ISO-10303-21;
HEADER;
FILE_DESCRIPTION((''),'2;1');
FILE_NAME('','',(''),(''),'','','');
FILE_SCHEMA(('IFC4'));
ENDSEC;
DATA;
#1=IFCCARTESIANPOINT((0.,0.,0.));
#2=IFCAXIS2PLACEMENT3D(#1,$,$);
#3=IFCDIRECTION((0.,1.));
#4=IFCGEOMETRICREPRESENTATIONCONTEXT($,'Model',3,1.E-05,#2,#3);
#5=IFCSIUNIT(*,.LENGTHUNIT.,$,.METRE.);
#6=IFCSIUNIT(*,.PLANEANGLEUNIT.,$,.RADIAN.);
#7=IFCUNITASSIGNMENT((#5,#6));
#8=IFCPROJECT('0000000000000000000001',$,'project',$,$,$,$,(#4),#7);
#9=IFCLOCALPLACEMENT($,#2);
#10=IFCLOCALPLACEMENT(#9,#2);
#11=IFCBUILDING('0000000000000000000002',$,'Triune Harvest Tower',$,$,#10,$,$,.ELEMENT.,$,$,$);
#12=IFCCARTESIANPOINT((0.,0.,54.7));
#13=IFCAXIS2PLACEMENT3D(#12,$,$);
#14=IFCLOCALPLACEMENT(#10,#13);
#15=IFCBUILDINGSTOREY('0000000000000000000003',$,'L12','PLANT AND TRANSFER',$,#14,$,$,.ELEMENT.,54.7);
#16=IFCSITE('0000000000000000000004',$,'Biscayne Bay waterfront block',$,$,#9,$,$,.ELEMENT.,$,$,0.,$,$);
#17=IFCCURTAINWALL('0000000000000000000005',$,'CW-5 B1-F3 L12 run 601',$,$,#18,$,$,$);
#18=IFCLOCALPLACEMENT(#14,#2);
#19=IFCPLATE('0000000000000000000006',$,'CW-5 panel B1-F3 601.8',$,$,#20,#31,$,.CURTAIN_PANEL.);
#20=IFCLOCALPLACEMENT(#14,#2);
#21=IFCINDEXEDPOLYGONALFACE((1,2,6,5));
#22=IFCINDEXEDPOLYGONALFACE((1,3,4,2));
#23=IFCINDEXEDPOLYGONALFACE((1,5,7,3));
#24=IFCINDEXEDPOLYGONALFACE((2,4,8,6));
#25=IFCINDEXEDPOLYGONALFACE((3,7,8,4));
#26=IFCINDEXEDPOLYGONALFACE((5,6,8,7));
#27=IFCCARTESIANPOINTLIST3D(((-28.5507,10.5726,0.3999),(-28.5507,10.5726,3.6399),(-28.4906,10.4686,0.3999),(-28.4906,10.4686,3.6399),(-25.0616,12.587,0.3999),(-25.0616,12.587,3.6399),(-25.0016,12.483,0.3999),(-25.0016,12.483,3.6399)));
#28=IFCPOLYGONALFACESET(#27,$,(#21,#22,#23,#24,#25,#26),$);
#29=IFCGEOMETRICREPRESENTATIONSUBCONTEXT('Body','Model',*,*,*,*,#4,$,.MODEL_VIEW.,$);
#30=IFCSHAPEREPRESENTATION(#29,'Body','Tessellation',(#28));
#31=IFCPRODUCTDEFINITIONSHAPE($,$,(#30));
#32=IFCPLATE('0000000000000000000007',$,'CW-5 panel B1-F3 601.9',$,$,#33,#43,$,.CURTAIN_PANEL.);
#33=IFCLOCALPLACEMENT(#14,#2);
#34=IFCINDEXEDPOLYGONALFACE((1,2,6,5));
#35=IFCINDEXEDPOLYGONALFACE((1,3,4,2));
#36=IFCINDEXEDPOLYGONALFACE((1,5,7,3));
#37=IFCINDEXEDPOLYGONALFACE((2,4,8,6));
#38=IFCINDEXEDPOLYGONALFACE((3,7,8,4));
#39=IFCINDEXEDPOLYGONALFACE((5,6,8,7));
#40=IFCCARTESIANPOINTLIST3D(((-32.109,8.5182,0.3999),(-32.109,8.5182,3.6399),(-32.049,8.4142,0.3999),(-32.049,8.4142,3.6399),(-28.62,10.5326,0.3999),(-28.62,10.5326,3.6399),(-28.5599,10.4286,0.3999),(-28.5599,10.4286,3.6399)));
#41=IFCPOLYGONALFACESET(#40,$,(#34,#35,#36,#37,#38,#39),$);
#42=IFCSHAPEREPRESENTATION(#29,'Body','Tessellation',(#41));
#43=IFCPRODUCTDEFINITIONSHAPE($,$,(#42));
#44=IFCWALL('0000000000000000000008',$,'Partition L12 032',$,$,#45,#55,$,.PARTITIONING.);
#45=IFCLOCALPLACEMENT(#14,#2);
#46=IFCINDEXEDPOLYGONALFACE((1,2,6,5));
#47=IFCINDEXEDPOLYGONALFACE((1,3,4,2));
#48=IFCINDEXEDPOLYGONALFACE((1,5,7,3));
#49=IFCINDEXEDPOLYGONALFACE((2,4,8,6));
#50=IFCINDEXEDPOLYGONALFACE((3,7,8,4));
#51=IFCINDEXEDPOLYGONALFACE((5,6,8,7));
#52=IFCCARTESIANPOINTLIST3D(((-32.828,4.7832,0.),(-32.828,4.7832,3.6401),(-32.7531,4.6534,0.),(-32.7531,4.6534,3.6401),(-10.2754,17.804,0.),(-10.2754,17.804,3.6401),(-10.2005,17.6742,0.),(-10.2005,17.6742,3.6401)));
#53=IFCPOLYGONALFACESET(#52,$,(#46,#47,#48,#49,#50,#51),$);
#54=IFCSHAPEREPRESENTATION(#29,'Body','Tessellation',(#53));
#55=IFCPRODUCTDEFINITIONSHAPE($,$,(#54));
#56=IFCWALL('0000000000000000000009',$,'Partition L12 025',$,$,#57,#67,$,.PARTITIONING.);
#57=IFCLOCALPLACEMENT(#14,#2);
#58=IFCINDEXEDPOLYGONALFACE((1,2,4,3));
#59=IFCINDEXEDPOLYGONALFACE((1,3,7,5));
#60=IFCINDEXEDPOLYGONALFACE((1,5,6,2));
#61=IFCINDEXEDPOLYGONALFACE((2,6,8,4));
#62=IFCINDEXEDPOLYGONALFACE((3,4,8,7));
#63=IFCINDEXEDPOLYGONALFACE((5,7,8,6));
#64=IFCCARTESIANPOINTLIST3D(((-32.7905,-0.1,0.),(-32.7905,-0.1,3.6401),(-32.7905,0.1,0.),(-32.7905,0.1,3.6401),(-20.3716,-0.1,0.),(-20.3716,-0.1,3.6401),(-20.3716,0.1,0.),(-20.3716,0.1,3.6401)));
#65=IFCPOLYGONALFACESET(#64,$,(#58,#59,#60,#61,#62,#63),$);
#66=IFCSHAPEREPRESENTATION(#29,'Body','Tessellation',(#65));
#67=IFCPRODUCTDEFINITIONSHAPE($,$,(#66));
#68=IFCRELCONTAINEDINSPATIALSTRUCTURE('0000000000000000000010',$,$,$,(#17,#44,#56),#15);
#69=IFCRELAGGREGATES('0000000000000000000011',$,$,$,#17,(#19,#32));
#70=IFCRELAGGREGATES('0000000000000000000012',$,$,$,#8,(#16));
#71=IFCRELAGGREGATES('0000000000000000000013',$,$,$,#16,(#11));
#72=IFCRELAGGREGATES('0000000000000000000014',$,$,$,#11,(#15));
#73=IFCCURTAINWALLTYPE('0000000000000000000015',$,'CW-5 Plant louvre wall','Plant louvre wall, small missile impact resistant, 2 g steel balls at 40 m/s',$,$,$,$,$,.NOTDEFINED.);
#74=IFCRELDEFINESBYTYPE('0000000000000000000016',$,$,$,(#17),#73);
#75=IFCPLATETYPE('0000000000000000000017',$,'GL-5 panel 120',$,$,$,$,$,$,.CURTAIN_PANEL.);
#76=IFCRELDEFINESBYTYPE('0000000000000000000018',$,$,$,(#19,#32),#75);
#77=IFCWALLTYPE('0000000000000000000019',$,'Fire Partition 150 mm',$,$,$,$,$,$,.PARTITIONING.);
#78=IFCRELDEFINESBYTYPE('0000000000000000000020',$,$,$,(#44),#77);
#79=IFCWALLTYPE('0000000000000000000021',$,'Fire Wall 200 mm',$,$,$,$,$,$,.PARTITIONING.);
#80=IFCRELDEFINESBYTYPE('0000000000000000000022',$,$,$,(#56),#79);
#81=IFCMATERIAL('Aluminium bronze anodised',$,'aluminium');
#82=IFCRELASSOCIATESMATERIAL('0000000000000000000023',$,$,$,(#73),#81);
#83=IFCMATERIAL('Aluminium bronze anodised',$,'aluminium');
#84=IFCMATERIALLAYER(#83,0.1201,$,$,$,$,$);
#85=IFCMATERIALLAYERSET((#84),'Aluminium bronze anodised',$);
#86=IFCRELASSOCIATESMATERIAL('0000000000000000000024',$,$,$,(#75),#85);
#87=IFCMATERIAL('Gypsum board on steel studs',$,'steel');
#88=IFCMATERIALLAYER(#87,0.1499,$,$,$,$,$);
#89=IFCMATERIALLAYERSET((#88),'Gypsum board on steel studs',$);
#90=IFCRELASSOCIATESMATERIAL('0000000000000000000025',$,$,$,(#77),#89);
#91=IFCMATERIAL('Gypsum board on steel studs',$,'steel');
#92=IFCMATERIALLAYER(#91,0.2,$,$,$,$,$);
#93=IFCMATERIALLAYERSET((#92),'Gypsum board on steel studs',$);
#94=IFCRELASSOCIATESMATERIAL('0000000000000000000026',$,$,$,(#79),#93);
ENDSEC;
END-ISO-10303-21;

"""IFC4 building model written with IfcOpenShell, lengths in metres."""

from ifc_helpers import new_model, si_unit, direction, frame, frame_2d, origin, origin_2d, place, context, subcontext, project, spatial, rectangle, extrude, source, transform, mapped, material, layer, layer_set, type_object, element, aggregate, save


model = new_model("IFC4")

# Units and contexts
model_context = context("Model", 3, precision=1e-05, world=origin(), true_north=direction((0.0, 1.0)))
body_context = subcontext(model_context, "Body", "Model", "MODEL_VIEW")
ifc_project = project(units=[si_unit("LENGTHUNIT", "METRE"), si_unit("PLANEANGLEUNIT", "RADIAN")], contexts=[model_context])

# Site, building, storey
site_placement = place(None, origin())
site = spatial("IfcSite", under=ifc_project, at=site_placement, Name="Biscayne Bay waterfront block", CompositionType="ELEMENT", RefElevation=0.0)
building_placement = place(site_placement, origin())
building = spatial("IfcBuilding", under=site, at=building_placement, Name="Triune Harvest Tower", CompositionType="ELEMENT")
storey_placement = place(building_placement, frame((0.0, 0.0, 54.7)))
storey = spatial("IfcBuildingStorey", under=building, at=storey_placement, Name="L12", Description="PLANT AND TRANSFER", CompositionType="ELEMENT", Elevation=54.7)

# Curtain wall
ifc_material_1 = material(Name="Aluminium bronze anodised", Category="aluminium")
curtain_wall_type = type_object("IfcCurtainWallType", Name="CW-5 Plant louvre wall", Description="Plant louvre wall, small missile impact resistant, 2 g steel balls at 40 m/s", PredefinedType="NOTDEFINED", material=ifc_material_1)
curtain_wall_1_placement = place(storey_placement, origin())
curtain_wall_1 = element("IfcCurtainWall", 1, at=curtain_wall_1_placement, inside=storey, type_object=curtain_wall_type, Name="CW-5 B1-F3 L12 run 601")

# Plates
ifc_material_2 = material(Name="Aluminium bronze anodised", Category="aluminium")
ifc_layer_1 = layer(ifc_material_2, 0.1201)
ifc_layer_set_1 = layer_set([ifc_layer_1], Name="Aluminium bronze anodised")
plate_type = type_object("IfcPlateType", Name="GL-5 panel 120", PredefinedType="CURTAIN_PANEL", material=ifc_layer_set_1)
shared_shape_1 = source(origin(), body_context, "Body", "SweptSolid", [
    extrude(rectangle(XDim=4.0288, YDim=0.1201, at=origin_2d()), origin(), (0.0, 0.0, 1.0), 3.24),
])
plate_1_placement = place(storey_placement, frame((-26.7761, 11.5278, 0.3999), z_axis=(0.0, 0.0, 1.0), x_axis=(-0.866026, -0.499999, 0.0)))
plate_1 = element("IfcPlate", 2, at=plate_1_placement, type_object=plate_type, Name="CW-5 panel B1-F3 601.8", PredefinedType="CURTAIN_PANEL", context=body_context, shape_type="MappedRepresentation", body=[
    mapped(shared_shape_1, transform((0.0, 0.0, 0.0), scale=1.0)),
])
plate_2_placement = place(storey_placement, frame((-30.3345, 9.4734, 0.3999), z_axis=(0.0, 0.0, 1.0), x_axis=(-0.866026, -0.499999, 0.0)))
plate_2 = element("IfcPlate", 3, at=plate_2_placement, type_object=plate_type, Name="CW-5 panel B1-F3 601.9", PredefinedType="CURTAIN_PANEL", context=body_context, shape_type="MappedRepresentation", body=[
    mapped(shared_shape_1, transform((0.0, 0.0, 0.0), scale=1.0)),
])
aggregate(curtain_wall_1, [plate_1, plate_2])

# Walls
ifc_material_3 = material(Name="Gypsum board on steel studs", Category="steel")
ifc_layer_2 = layer(ifc_material_3, 0.1499)
ifc_layer_set_2 = layer_set([ifc_layer_2], Name="Gypsum board on steel studs")
wall_type_1 = type_object("IfcWallType", Name="Fire Partition 150 mm", PredefinedType="PARTITIONING", material=ifc_layer_set_2)
wall_1_placement = place(storey_placement, frame((-32.7905, 4.7183, 0.0), z_axis=(0.0, 0.0, 1.0), x_axis=(0.866024, 0.500002, 0.0)))
element("IfcWall", 4, at=wall_1_placement, inside=storey, type_object=wall_type_1, Name="Partition L12 032", PredefinedType="PARTITIONING", context=body_context, shape_type="SweptSolid", body=[
    extrude(rectangle(XDim=26.0415, YDim=0.1499, at=frame_2d((13.0208, 0.0))), origin(), (0.0, 0.0, 1.0), 3.6401),
])
ifc_material_4 = material(Name="Gypsum board on steel studs", Category="steel")
ifc_layer_3 = layer(ifc_material_4, 0.2)
ifc_layer_set_3 = layer_set([ifc_layer_3], Name="Gypsum board on steel studs")
wall_type_2 = type_object("IfcWallType", Name="Fire Wall 200 mm", PredefinedType="PARTITIONING", material=ifc_layer_set_3)
wall_2_placement = place(storey_placement, frame((-32.7905, 0.0, 0.0), z_axis=(0.0, 0.0, 1.0), x_axis=(1.0, 0.0, 0.0)))
element("IfcWall", 5, at=wall_2_placement, inside=storey, type_object=wall_type_2, Name="Partition L12 025", PredefinedType="PARTITIONING", context=body_context, shape_type="SweptSolid", body=[
    extrude(rectangle(XDim=12.4189, YDim=0.2, at=frame_2d((6.2095, 0.0))), origin(), (0.0, 0.0, 1.0), 3.6401),
])

save(model, "model.ifc")
